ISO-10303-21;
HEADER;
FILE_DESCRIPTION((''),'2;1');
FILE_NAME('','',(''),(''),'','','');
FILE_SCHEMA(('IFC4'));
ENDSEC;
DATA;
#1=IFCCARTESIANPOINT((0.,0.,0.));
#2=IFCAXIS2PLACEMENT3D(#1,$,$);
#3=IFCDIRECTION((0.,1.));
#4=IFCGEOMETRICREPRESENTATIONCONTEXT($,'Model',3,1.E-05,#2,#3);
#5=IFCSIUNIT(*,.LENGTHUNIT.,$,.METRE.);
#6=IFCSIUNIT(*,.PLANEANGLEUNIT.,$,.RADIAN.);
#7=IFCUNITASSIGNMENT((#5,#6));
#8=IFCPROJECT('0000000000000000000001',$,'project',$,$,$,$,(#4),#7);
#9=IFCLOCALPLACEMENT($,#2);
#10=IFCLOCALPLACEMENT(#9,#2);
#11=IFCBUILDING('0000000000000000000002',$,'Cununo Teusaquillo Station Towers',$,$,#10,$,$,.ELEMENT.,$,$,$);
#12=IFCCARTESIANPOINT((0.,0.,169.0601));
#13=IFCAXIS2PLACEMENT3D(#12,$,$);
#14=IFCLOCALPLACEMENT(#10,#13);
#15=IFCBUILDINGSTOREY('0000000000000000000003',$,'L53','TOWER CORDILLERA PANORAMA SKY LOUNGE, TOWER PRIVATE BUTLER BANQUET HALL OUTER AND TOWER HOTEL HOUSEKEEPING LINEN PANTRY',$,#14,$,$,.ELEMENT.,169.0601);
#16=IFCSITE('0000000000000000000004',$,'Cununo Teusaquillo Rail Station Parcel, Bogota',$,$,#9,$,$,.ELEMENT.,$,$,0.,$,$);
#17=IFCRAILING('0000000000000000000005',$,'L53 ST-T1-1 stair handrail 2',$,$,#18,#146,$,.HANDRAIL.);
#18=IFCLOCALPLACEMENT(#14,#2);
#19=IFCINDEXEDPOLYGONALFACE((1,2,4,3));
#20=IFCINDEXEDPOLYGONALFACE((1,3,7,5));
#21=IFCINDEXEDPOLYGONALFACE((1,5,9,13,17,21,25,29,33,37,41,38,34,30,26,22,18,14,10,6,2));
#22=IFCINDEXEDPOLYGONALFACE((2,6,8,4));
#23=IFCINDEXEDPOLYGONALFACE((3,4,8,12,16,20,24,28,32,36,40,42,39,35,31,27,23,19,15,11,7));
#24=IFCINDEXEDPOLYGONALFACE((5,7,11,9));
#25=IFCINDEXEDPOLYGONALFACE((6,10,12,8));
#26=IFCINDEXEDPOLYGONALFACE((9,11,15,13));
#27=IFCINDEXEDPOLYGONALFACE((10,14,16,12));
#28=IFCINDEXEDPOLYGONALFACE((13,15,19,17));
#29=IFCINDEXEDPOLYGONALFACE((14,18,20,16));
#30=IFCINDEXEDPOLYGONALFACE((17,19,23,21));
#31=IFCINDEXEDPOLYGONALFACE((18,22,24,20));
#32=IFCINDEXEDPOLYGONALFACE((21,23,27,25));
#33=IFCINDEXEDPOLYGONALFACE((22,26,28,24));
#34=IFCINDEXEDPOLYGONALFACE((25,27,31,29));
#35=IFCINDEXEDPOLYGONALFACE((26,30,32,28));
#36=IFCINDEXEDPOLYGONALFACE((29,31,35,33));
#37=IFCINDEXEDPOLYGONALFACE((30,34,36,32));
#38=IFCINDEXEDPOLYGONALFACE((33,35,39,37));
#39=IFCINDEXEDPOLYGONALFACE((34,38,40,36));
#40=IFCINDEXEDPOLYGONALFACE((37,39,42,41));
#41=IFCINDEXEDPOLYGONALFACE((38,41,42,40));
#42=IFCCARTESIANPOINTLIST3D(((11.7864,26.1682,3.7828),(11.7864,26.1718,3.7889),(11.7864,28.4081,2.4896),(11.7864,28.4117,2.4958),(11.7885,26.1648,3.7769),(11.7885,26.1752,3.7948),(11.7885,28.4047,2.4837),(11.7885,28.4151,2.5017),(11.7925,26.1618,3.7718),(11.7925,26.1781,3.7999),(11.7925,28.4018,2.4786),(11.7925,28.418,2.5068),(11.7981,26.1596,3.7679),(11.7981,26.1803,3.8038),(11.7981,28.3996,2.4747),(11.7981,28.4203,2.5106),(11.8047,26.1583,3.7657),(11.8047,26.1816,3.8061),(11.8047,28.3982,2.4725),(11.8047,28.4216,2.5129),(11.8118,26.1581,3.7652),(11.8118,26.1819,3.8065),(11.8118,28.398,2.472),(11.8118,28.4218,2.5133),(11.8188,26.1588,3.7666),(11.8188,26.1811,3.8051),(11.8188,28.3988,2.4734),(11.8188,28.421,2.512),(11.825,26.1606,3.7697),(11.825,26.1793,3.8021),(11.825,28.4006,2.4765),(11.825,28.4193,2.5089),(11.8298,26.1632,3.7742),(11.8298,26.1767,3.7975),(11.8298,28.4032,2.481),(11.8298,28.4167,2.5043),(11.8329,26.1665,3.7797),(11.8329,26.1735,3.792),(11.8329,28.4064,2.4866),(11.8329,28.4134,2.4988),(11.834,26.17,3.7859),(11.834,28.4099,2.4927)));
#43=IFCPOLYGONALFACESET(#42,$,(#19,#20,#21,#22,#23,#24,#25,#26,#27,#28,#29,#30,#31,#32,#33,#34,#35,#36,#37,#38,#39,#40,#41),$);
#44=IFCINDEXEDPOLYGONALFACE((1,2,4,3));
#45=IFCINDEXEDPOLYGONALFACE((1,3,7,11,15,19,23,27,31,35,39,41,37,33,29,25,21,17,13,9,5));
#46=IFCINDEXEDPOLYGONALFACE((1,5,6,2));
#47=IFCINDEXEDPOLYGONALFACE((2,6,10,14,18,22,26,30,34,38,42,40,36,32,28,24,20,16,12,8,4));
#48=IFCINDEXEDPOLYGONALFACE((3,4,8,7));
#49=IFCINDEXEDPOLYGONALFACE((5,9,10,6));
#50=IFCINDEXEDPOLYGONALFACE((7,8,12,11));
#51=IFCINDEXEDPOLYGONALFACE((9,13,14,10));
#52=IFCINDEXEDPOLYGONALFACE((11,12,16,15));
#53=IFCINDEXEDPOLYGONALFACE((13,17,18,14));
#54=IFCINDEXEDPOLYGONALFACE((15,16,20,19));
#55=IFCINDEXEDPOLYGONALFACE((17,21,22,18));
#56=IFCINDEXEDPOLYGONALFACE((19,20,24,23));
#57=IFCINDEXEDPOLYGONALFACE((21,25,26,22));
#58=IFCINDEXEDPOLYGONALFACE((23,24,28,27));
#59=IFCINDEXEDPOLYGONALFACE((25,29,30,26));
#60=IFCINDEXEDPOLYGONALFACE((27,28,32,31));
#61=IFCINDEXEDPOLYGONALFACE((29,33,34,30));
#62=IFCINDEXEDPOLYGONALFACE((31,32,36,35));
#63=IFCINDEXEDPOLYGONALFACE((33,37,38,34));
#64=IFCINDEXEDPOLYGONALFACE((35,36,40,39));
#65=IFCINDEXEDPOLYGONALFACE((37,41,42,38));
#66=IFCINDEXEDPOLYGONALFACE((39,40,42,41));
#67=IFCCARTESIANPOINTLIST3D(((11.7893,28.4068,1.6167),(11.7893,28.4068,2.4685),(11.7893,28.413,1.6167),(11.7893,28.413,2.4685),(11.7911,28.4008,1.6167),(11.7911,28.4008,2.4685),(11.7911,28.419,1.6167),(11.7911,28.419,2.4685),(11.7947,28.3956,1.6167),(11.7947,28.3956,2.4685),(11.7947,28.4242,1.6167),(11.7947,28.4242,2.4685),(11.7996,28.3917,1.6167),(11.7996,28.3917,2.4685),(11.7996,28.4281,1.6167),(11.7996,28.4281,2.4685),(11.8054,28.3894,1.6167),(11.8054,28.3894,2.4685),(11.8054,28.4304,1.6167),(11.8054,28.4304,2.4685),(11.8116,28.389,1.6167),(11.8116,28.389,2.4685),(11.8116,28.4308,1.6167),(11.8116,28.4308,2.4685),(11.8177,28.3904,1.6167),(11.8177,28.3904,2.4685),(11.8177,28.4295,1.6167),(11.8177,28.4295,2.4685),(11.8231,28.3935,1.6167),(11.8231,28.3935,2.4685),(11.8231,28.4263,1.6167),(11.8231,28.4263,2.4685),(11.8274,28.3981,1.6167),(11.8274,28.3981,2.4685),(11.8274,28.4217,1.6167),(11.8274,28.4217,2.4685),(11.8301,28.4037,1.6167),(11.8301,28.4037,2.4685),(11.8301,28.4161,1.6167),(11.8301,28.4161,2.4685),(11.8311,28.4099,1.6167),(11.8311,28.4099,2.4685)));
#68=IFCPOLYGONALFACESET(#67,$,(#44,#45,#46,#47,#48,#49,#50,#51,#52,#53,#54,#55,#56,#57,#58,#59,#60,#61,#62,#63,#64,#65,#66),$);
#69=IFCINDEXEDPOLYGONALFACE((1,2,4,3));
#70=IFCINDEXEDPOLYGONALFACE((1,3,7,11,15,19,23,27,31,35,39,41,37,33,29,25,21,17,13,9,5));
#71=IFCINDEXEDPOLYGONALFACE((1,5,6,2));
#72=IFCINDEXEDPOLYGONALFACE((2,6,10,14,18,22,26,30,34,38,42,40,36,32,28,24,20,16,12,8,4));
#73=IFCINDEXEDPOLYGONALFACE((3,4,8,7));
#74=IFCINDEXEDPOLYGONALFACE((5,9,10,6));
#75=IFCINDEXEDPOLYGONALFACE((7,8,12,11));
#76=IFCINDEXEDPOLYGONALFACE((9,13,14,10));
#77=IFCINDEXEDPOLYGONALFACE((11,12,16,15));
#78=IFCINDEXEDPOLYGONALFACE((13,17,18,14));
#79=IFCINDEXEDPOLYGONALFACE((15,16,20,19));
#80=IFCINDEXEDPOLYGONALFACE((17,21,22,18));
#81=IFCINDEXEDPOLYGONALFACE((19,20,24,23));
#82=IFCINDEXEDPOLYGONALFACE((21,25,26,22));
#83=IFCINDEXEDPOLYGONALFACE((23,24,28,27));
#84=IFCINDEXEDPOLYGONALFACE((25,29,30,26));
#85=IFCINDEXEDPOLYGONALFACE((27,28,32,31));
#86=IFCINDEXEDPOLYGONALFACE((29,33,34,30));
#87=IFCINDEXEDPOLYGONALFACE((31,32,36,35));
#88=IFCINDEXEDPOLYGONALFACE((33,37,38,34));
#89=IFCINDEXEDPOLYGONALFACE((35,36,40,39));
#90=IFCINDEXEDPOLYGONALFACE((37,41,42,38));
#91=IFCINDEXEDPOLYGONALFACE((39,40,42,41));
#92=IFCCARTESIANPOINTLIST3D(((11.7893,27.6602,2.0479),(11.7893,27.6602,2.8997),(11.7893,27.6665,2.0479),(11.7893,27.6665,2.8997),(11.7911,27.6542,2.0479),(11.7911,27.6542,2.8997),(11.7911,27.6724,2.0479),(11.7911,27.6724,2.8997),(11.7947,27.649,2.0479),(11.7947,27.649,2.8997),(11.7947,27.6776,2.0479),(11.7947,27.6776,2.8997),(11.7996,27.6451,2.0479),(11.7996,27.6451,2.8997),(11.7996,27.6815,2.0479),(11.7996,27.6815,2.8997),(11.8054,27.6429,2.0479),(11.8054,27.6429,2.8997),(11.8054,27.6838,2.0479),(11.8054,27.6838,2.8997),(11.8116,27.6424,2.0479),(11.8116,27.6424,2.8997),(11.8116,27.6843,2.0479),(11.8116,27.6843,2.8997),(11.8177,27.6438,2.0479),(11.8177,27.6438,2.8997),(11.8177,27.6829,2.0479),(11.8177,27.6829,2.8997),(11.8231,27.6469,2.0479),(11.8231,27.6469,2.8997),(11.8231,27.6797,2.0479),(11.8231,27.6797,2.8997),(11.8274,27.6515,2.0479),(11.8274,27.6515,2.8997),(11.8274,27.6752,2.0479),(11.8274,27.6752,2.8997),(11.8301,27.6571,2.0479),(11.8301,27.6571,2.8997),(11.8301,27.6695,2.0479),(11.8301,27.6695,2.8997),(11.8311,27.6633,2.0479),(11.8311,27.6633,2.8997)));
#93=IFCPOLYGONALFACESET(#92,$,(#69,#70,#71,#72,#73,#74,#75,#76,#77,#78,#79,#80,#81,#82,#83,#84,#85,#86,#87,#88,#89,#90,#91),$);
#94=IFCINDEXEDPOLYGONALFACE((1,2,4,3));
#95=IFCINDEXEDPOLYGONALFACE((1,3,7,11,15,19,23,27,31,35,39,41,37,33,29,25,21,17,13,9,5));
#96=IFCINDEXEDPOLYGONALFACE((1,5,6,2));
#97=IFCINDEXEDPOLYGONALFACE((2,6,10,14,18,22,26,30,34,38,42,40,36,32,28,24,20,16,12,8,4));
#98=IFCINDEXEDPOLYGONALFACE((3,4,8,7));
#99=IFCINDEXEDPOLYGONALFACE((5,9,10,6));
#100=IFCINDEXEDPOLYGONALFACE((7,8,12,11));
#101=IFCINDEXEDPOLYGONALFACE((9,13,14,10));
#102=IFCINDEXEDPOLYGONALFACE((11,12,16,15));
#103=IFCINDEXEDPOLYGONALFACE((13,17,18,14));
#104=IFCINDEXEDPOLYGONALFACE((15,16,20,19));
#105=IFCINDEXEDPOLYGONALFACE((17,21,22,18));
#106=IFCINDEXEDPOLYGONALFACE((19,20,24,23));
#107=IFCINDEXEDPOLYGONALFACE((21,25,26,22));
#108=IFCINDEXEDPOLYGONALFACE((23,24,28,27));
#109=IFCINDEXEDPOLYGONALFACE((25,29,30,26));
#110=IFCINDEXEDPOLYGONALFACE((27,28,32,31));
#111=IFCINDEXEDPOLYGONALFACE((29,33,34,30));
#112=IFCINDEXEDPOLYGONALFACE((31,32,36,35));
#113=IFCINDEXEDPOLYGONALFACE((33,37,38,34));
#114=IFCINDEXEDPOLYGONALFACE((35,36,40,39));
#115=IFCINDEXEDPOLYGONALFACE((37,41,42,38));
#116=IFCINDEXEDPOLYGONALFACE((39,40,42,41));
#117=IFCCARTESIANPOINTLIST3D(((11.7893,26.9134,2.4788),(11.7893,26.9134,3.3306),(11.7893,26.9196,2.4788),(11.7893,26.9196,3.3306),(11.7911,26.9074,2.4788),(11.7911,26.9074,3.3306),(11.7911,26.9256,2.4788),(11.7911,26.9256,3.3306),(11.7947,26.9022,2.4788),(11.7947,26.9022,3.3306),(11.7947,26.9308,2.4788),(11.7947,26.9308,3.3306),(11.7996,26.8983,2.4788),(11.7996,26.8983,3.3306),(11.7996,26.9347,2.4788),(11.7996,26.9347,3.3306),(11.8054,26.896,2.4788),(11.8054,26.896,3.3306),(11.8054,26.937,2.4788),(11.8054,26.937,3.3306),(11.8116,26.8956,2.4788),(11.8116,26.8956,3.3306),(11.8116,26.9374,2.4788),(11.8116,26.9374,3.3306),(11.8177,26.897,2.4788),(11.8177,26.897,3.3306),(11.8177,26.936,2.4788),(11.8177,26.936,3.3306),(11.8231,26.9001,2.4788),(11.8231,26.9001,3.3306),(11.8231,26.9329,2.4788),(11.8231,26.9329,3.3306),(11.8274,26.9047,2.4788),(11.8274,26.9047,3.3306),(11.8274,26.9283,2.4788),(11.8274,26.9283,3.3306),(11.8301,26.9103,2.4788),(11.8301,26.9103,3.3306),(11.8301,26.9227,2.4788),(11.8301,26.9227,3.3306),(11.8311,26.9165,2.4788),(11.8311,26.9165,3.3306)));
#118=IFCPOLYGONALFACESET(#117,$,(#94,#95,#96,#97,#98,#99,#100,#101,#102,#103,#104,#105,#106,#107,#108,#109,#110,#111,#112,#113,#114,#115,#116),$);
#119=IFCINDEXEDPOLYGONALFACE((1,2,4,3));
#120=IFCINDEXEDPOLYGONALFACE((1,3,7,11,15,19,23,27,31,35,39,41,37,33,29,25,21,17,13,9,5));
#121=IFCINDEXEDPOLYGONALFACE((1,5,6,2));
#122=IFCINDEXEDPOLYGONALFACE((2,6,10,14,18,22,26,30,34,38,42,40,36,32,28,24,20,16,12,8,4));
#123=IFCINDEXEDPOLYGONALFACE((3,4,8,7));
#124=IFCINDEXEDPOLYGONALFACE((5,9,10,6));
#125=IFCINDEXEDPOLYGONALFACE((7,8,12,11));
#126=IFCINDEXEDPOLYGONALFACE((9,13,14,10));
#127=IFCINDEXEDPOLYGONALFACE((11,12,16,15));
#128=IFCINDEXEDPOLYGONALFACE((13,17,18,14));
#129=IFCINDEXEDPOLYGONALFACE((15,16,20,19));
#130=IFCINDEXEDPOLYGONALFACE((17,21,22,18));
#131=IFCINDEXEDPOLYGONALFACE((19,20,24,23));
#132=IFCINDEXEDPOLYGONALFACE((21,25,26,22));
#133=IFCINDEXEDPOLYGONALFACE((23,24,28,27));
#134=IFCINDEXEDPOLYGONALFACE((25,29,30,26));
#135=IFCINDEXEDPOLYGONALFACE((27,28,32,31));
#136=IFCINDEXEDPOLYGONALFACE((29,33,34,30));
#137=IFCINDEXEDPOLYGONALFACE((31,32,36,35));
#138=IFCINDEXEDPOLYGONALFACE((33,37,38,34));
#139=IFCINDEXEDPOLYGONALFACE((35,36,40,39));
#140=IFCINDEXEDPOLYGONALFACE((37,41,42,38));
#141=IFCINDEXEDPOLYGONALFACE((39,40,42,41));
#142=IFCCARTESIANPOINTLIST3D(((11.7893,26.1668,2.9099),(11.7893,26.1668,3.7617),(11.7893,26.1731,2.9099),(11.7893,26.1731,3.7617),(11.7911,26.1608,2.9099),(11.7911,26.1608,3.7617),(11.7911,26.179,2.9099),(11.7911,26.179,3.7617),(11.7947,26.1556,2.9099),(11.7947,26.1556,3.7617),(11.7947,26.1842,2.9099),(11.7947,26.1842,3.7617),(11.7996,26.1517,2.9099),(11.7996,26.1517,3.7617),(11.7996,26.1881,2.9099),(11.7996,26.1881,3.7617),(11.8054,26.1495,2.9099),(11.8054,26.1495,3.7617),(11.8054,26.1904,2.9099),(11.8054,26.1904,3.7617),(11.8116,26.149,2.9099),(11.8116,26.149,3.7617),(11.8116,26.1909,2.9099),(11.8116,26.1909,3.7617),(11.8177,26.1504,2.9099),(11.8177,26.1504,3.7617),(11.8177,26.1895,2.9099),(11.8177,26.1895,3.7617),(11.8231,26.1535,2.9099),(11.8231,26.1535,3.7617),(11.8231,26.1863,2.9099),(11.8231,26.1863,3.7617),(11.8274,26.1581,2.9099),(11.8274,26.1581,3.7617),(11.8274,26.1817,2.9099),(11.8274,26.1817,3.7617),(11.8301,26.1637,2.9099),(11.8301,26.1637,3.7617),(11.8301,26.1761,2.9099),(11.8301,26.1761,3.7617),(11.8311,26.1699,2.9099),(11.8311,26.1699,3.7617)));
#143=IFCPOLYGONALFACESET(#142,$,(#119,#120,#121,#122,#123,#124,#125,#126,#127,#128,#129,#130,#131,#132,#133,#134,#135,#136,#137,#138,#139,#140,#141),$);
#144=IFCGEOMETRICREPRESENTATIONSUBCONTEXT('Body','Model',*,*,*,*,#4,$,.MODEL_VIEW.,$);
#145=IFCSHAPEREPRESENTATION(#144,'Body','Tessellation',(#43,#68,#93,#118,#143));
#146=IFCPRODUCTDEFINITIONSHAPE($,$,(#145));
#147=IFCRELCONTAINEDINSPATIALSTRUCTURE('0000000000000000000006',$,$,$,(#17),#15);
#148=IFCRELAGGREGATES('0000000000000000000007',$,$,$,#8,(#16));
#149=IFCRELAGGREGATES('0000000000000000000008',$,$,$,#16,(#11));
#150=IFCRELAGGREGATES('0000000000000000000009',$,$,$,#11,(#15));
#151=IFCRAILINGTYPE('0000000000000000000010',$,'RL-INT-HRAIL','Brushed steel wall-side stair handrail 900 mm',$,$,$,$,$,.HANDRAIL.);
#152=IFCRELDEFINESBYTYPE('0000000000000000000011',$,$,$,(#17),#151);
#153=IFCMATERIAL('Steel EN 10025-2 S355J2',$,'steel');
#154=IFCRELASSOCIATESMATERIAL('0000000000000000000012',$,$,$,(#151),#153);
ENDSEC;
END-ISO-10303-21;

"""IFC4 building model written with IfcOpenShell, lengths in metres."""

from ifc_helpers import new_model, si_unit, direction, frame, origin, origin_2d, place, context, subcontext, project, spatial, circle, extrude, material, type_object, element, save


model = new_model("IFC4")

# Units and contexts
model_context = context("Model", 3, precision=1e-05, world=origin(), true_north=direction((0.0, 1.0)))
body_context = subcontext(model_context, "Body", "Model", "MODEL_VIEW")
ifc_project = project(units=[si_unit("LENGTHUNIT", "METRE"), si_unit("PLANEANGLEUNIT", "RADIAN")], contexts=[model_context])

# Site, building, storey
site_placement = place(None, origin())
site = spatial("IfcSite", under=ifc_project, at=site_placement, Name="Cununo Teusaquillo Rail Station Parcel, Bogota", CompositionType="ELEMENT", RefElevation=0.0)
building_placement = place(site_placement, origin())
building = spatial("IfcBuilding", under=site, at=building_placement, Name="Cununo Teusaquillo Station Towers", CompositionType="ELEMENT")
storey_placement = place(building_placement, frame((0.0, 0.0, 169.0601)))
storey = spatial("IfcBuildingStorey", under=building, at=storey_placement, Name="L53", Description="TOWER CORDILLERA PANORAMA SKY LOUNGE, TOWER PRIVATE BUTLER BANQUET HALL OUTER AND TOWER HOTEL HOUSEKEEPING LINEN PANTRY", CompositionType="ELEMENT", Elevation=169.0601)

# Railing
ifc_material_1 = material(Name="Steel EN 10025-2 S355J2", Category="steel")
railing_type_1 = type_object("IfcRailingType", Name="RL-INT-HRAIL", Description="Brushed steel wall-side stair handrail 900 mm", PredefinedType="HANDRAIL", material=ifc_material_1)
railing_1_placement = place(storey_placement, frame((11.8101, 28.4099, 1.6167)))
element("IfcRailing", 1, at=railing_1_placement, inside=storey, type_object=railing_type_1, Name="L53 ST-T1-1 stair handrail 2", PredefinedType="HANDRAIL", context=body_context, shape_type="SweptSolid", body=[
    extrude(circle(Radius=0.0239, at=origin_2d()), frame((0.0, 0.0, 0.876), z_axis=(0.0, -0.866033, 0.499987), x_axis=(1.0, 0.0, 0.0)), (0.0, 0.0, 1.0), 2.5864),
    extrude(circle(Radius=0.021, at=origin_2d()), origin(), (0.0, 0.0, 1.0), 0.8518),
    extrude(circle(Radius=0.021, at=origin_2d()), frame((0.0, -0.7466, 0.4312)), (0.0, 0.0, 1.0), 0.8518),
    extrude(circle(Radius=0.021, at=origin_2d()), frame((0.0, -1.4934, 0.8621)), (0.0, 0.0, 1.0), 0.8518),
    extrude(circle(Radius=0.021, at=origin_2d()), frame((0.0, -2.24, 1.2932)), (0.0, 0.0, 1.0), 0.8518),
])

save(model, "model.ifc")
